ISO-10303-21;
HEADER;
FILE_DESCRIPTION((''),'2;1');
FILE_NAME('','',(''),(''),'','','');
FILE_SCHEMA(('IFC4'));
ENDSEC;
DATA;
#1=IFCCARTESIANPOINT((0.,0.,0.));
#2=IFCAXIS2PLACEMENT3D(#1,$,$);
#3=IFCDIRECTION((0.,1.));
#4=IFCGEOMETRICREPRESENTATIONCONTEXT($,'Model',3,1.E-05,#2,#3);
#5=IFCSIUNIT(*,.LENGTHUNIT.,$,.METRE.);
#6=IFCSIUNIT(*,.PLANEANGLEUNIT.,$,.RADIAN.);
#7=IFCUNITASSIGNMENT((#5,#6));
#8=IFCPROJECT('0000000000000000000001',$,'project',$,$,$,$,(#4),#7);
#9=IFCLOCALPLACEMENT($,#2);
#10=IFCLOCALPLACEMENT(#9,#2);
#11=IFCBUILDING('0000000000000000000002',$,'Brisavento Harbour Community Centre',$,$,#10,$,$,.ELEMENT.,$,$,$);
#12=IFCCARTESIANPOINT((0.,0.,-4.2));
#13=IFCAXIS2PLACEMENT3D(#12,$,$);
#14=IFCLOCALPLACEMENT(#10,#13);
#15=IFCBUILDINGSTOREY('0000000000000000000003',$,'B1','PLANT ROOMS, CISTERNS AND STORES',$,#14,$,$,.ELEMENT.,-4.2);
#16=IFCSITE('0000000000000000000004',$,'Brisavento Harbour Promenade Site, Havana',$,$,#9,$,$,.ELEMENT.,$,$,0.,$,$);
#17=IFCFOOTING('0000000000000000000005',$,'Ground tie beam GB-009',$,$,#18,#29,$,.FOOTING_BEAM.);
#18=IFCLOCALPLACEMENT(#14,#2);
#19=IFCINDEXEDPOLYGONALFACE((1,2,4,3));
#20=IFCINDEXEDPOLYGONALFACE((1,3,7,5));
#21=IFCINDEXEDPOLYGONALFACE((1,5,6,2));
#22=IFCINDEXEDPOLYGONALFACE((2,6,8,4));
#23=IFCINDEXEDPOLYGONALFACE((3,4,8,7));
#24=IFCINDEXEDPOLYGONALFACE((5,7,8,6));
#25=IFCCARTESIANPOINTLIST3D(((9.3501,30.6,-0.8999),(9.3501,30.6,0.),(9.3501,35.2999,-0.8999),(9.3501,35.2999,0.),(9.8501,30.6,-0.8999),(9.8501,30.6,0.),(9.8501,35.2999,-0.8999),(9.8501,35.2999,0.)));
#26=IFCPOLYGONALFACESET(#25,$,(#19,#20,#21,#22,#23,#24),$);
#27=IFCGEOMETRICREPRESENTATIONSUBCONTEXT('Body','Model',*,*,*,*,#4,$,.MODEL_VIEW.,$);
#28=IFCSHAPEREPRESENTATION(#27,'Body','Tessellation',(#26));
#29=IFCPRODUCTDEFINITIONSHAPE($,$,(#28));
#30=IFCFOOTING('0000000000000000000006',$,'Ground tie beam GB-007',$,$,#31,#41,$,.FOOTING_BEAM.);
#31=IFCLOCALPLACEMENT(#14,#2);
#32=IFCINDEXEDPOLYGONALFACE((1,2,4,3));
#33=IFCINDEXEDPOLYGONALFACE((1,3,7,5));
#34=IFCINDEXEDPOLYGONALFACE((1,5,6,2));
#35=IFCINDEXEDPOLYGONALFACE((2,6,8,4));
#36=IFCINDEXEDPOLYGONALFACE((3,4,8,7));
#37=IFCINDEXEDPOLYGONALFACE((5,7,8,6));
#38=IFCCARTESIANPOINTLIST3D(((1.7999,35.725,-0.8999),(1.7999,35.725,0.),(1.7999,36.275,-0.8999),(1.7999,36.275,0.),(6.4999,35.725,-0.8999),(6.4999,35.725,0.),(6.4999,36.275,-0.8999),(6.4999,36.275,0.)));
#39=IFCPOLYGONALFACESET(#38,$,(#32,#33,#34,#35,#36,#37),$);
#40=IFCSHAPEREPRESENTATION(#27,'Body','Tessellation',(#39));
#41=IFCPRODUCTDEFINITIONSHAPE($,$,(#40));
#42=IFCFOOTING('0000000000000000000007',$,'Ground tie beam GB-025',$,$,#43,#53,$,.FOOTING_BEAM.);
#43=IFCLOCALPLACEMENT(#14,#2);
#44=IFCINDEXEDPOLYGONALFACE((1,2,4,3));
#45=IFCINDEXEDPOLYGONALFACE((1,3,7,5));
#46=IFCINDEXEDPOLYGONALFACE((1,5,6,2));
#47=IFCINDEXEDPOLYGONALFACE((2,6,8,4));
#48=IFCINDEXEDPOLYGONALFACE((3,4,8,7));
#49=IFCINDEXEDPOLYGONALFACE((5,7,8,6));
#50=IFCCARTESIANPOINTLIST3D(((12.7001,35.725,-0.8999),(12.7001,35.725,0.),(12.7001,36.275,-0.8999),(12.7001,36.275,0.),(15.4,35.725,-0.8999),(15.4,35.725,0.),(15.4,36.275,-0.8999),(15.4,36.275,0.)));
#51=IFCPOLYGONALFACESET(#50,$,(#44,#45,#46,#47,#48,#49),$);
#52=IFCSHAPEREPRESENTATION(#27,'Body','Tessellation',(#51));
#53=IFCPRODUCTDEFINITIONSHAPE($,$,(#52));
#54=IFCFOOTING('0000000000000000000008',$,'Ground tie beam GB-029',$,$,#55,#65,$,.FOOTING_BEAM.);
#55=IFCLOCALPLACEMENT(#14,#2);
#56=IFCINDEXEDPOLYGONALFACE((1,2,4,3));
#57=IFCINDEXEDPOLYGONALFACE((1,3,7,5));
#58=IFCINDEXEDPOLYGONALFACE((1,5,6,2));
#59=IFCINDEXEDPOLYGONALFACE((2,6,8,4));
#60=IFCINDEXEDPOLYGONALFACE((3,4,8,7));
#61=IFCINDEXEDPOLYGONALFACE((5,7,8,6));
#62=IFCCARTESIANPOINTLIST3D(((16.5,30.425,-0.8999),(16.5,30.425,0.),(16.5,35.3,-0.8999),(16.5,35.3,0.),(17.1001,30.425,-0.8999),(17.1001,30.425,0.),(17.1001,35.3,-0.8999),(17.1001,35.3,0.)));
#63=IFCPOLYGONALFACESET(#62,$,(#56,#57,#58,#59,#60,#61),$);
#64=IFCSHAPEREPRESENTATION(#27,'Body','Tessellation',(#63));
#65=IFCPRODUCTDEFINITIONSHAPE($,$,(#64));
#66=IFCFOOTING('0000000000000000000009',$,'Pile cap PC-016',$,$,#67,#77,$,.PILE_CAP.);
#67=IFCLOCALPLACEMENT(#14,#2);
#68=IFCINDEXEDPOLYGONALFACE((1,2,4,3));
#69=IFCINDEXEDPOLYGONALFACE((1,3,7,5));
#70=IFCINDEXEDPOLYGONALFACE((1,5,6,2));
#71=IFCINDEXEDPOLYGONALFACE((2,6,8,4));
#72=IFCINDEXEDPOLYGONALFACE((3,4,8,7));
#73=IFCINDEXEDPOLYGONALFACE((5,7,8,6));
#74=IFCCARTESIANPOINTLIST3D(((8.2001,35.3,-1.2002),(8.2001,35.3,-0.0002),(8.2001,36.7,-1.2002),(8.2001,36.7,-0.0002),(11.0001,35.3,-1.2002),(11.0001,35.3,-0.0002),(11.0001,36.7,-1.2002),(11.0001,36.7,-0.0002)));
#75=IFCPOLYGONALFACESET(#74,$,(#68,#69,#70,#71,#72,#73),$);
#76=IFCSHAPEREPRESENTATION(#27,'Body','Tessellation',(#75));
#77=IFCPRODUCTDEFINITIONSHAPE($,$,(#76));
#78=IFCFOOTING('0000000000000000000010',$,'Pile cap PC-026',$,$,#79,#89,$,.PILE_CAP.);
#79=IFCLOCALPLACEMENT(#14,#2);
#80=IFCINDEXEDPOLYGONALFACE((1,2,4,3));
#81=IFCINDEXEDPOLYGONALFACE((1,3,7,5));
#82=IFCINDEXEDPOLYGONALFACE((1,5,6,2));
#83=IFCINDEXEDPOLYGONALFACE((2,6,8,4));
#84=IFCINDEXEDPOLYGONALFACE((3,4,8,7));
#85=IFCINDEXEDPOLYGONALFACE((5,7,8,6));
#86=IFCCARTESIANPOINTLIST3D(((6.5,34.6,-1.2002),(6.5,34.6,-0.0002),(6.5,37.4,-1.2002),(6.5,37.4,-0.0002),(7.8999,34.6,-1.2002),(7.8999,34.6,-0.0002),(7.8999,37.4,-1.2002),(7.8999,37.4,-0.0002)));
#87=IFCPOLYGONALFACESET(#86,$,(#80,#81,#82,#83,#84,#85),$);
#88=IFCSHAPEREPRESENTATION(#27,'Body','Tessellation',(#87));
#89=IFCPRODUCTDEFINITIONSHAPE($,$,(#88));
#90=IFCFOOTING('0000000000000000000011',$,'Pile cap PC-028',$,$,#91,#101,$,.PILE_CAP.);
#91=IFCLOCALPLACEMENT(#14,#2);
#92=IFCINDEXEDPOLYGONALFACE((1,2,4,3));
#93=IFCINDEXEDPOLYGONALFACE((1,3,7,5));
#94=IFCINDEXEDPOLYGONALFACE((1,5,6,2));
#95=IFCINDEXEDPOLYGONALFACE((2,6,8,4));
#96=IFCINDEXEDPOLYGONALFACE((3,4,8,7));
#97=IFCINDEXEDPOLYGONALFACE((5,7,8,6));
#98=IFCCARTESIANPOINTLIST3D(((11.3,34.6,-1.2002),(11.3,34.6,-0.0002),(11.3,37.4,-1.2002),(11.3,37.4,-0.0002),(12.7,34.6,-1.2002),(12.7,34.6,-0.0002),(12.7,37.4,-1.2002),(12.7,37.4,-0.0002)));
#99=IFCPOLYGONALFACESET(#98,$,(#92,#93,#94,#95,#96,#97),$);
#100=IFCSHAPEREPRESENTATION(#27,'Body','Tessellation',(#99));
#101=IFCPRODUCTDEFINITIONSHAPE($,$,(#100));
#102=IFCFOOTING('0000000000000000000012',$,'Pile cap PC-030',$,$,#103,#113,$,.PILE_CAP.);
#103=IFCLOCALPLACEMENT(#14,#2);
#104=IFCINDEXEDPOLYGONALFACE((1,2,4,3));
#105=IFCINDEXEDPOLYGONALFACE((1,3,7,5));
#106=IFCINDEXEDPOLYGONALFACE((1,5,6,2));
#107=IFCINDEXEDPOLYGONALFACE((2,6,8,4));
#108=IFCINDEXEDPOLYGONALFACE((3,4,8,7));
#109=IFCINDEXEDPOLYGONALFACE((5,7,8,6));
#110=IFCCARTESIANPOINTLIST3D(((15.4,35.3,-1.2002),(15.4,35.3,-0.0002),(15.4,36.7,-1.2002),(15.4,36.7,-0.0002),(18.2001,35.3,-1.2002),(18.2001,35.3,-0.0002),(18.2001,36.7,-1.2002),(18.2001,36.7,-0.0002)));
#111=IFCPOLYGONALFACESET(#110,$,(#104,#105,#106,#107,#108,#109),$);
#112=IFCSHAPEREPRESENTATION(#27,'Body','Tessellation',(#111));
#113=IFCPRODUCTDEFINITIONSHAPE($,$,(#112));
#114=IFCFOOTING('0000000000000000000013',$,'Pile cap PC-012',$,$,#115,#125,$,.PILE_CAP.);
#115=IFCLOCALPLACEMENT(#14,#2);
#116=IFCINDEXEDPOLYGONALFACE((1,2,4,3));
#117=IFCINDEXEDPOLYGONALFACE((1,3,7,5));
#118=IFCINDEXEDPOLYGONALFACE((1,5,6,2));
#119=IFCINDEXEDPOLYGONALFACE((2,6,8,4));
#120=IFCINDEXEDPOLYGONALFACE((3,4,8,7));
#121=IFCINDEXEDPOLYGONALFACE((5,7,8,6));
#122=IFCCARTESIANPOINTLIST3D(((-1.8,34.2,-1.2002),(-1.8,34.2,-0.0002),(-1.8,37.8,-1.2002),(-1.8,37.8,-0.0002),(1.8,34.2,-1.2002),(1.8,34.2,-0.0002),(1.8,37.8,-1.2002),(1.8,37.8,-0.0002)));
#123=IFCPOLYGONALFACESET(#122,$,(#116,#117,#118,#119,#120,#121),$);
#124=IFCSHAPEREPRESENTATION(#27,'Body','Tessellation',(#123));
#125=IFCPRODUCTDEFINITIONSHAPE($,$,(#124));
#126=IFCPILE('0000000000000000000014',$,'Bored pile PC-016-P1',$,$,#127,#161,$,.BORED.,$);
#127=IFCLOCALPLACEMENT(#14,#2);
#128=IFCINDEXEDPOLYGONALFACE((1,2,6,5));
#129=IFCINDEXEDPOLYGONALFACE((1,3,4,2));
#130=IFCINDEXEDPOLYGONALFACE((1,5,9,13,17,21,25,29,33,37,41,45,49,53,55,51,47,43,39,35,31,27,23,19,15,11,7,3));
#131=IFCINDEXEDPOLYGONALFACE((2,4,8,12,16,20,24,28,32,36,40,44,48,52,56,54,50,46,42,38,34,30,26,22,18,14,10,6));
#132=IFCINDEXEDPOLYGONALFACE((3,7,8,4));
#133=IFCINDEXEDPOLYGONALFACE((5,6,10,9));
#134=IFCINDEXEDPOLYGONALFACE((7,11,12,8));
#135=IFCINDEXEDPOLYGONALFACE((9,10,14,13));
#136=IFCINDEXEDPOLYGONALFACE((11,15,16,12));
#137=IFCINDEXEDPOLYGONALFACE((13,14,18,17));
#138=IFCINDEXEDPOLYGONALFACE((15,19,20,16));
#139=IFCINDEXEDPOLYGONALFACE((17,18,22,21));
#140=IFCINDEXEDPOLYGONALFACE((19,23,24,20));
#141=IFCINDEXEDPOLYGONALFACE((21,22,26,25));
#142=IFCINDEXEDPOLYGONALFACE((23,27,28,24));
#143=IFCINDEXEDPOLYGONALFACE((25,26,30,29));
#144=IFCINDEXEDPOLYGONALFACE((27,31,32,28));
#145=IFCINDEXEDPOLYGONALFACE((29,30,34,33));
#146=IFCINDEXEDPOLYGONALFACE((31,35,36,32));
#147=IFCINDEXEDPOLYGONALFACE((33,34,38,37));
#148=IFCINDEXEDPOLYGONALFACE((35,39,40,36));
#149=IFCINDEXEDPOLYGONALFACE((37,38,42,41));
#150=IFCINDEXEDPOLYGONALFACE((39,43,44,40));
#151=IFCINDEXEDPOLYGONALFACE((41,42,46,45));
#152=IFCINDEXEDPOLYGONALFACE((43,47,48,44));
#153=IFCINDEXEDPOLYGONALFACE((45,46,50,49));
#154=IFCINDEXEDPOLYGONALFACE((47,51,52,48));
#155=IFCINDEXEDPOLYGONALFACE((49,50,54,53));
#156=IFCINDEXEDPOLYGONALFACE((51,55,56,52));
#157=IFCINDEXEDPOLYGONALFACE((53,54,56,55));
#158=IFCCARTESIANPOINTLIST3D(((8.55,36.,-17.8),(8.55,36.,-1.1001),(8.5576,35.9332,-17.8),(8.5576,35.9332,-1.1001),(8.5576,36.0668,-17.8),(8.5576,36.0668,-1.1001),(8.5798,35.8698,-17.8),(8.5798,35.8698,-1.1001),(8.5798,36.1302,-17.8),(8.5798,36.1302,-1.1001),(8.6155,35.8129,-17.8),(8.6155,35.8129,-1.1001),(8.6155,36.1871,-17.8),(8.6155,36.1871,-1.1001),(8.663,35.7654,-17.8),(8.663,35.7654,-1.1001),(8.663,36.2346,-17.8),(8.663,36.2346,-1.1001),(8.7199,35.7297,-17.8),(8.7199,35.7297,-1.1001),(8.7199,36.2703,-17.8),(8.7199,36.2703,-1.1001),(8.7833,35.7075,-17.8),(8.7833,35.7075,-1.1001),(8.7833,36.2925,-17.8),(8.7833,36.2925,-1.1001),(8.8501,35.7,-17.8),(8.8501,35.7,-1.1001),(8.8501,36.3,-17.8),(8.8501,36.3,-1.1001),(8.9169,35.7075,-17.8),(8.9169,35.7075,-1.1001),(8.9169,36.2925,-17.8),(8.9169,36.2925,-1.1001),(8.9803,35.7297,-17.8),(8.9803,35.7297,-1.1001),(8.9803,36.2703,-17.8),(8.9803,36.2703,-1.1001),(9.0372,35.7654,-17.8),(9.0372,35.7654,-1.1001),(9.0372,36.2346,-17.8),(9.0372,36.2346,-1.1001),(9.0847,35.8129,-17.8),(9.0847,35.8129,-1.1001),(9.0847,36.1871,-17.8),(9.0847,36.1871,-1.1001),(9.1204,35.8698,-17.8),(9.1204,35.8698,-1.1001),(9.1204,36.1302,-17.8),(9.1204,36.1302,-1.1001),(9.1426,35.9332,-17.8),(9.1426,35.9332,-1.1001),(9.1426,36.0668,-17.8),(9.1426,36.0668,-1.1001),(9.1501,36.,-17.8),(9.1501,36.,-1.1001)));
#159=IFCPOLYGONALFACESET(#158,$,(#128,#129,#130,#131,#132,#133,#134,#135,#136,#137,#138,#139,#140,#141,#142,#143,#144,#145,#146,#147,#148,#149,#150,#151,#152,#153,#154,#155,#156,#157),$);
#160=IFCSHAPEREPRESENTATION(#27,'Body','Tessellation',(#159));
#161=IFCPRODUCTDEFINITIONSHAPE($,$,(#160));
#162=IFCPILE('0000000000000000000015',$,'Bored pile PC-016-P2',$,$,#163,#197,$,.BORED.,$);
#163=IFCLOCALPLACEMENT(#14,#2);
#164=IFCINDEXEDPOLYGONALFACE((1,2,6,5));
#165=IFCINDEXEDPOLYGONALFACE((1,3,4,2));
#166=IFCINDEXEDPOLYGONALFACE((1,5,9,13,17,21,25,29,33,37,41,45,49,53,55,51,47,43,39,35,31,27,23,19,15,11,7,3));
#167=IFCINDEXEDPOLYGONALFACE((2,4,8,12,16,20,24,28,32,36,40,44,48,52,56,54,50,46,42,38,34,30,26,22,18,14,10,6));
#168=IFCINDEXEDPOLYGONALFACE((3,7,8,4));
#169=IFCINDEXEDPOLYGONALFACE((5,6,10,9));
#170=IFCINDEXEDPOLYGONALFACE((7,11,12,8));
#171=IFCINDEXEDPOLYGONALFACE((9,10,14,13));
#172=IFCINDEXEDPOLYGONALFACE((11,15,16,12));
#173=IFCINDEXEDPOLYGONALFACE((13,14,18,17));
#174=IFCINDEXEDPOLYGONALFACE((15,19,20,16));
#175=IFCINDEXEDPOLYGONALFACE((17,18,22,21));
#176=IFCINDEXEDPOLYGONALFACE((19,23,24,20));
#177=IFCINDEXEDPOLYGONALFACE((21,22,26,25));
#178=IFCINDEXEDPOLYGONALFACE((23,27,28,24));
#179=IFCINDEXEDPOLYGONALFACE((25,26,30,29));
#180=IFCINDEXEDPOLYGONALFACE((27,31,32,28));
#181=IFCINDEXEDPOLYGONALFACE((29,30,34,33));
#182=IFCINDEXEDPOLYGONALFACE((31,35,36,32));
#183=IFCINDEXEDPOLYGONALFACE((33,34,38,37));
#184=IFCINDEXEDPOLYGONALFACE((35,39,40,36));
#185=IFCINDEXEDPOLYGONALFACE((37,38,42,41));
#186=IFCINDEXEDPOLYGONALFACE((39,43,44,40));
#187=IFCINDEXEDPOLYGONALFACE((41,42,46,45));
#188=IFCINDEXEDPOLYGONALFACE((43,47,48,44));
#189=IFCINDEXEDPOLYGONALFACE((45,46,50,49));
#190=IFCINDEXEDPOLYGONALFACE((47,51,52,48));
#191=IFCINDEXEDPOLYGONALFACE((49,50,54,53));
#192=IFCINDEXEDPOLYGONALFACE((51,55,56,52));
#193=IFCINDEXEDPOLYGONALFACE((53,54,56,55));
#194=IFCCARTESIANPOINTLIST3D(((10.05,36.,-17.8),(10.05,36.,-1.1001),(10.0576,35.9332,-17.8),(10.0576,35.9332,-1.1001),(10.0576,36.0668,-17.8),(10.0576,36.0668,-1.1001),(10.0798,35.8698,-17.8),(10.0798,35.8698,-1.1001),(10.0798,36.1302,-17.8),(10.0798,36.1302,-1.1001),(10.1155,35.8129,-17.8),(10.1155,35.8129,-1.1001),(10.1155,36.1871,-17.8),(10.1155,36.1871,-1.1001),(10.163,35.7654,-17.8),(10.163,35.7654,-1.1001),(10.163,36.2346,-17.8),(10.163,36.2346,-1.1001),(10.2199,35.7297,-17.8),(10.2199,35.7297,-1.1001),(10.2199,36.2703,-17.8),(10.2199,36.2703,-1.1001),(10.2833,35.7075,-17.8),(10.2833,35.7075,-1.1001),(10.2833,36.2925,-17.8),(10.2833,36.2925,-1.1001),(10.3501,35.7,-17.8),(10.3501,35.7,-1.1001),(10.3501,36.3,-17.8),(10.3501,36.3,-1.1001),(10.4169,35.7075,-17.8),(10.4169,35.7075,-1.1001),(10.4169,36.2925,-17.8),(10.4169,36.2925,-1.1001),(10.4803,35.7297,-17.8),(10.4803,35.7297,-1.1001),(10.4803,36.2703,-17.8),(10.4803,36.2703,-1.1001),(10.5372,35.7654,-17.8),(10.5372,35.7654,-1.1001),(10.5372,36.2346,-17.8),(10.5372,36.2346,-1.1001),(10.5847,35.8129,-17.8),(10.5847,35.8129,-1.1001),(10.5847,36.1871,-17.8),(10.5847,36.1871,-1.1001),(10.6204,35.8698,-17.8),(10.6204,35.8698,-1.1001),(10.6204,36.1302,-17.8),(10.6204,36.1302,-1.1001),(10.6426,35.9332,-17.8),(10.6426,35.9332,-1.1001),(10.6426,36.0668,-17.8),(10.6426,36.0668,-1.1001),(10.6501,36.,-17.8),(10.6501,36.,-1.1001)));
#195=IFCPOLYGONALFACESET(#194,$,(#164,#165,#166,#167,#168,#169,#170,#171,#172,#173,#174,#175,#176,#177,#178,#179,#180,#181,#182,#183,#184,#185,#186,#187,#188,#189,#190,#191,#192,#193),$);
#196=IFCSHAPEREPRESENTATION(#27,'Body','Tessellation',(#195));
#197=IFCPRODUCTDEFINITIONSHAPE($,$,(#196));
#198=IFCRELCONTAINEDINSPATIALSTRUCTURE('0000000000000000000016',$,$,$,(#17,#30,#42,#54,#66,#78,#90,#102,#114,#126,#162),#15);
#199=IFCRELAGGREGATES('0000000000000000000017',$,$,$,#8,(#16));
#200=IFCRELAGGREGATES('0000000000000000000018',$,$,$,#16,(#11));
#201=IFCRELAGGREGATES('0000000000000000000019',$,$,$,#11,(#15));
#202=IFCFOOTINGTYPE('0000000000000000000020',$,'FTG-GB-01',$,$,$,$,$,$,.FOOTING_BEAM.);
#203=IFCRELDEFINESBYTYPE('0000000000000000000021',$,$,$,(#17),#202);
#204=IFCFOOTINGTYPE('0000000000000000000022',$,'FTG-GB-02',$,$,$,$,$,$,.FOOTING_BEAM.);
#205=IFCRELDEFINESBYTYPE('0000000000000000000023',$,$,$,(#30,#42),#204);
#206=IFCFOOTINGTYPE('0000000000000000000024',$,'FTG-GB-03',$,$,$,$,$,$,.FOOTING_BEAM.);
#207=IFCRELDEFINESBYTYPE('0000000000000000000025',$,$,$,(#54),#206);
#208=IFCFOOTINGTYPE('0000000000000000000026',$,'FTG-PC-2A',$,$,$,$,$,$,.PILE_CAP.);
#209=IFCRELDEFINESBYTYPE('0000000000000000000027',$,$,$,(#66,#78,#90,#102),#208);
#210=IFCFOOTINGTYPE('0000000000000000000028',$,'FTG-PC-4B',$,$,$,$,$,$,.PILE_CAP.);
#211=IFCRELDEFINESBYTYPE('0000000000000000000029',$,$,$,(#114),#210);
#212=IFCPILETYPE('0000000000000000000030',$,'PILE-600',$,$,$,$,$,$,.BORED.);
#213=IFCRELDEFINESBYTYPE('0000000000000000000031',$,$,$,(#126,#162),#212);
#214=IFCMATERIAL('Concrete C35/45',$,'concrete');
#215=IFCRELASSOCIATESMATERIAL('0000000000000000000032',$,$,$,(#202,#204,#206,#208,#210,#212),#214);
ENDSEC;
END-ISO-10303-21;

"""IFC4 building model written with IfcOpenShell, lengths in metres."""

from ifc_helpers import new_model, si_unit, direction, frame, origin, origin_2d, place, context, subcontext, project, spatial, rectangle, circle, extrude, material, material_profile, profile_set, type_object, element, save


model = new_model("IFC4")

# Units and contexts
model_context = context("Model", 3, precision=1e-05, world=origin(), true_north=direction((0.0, 1.0)))
body_context = subcontext(model_context, "Body", "Model", "MODEL_VIEW")
ifc_project = project(units=[si_unit("LENGTHUNIT", "METRE"), si_unit("PLANEANGLEUNIT", "RADIAN")], contexts=[model_context])

# Site, building, storey
site_placement = place(None, origin())
site = spatial("IfcSite", under=ifc_project, at=site_placement, Name="Brisavento Harbour Promenade Site, Havana", CompositionType="ELEMENT", RefElevation=0.0)
building_placement = place(site_placement, origin())
building = spatial("IfcBuilding", under=site, at=building_placement, Name="Brisavento Harbour Community Centre", CompositionType="ELEMENT")
storey_placement = place(building_placement, frame((0.0, 0.0, -4.2)))
storey = spatial("IfcBuildingStorey", under=building, at=storey_placement, Name="B1", Description="PLANT ROOMS, CISTERNS AND STORES", CompositionType="ELEMENT", Elevation=-4.2)

# Footings
ifc_material_1 = material(Name="Concrete C35/45", Category="concrete")
footing_type_1 = type_object("IfcFootingType", Name="FTG-GB-01", PredefinedType="FOOTING_BEAM", material=ifc_material_1)
footing_1_placement = place(storey_placement, frame((9.6001, 32.95, -0.8999), z_axis=(0.0, 0.0, 1.0), x_axis=(1.0, 0.0, 0.0)))
element("IfcFooting", 1, at=footing_1_placement, inside=storey, type_object=footing_type_1, Name="Ground tie beam GB-009", PredefinedType="FOOTING_BEAM", context=body_context, shape_type="SweptSolid", body=[
    extrude(rectangle(XDim=0.5, YDim=4.7, at=origin_2d()), origin(), (0.0, 0.0, 1.0), 0.8999),
])
footing_type_2 = type_object("IfcFootingType", Name="FTG-GB-02", PredefinedType="FOOTING_BEAM", material=ifc_material_1)
footing_2_placement = place(storey_placement, frame((4.1499, 36.0, -0.8999), z_axis=(0.0, 0.0, 1.0), x_axis=(1.0, 0.0, 0.0)))
element("IfcFooting", 2, at=footing_2_placement, inside=storey, type_object=footing_type_2, Name="Ground tie beam GB-007", PredefinedType="FOOTING_BEAM", context=body_context, shape_type="SweptSolid", body=[
    extrude(rectangle(XDim=4.7, YDim=0.55, at=origin_2d()), origin(), (0.0, 0.0, 1.0), 0.8999),
])
footing_3_placement = place(storey_placement, frame((14.05, 36.0, -0.8999), z_axis=(0.0, 0.0, 1.0), x_axis=(1.0, 0.0, 0.0)))
element("IfcFooting", 3, at=footing_3_placement, inside=storey, type_object=footing_type_2, Name="Ground tie beam GB-025", PredefinedType="FOOTING_BEAM", context=body_context, shape_type="SweptSolid", body=[
    extrude(rectangle(XDim=2.7, YDim=0.55, at=origin_2d()), origin(), (0.0, 0.0, 1.0), 0.8999),
])
footing_type_3 = type_object("IfcFootingType", Name="FTG-GB-03", PredefinedType="FOOTING_BEAM", material=ifc_material_1)
footing_4_placement = place(storey_placement, frame((16.8, 32.8625, -0.8999), z_axis=(0.0, 0.0, 1.0), x_axis=(1.0, 0.0, 0.0)))
element("IfcFooting", 4, at=footing_4_placement, inside=storey, type_object=footing_type_3, Name="Ground tie beam GB-029", PredefinedType="FOOTING_BEAM", context=body_context, shape_type="SweptSolid", body=[
    extrude(rectangle(XDim=0.6001, YDim=4.875, at=origin_2d()), origin(), (0.0, 0.0, 1.0), 0.8999),
])
footing_type_4 = type_object("IfcFootingType", Name="FTG-PC-2A", PredefinedType="PILE_CAP", material=ifc_material_1)
footing_5_placement = place(storey_placement, frame((9.6001, 36.0, -1.2002), z_axis=(0.0, 0.0, 1.0), x_axis=(1.0, 0.0, 0.0)))
element("IfcFooting", 5, at=footing_5_placement, inside=storey, type_object=footing_type_4, Name="Pile cap PC-016", PredefinedType="PILE_CAP", context=body_context, shape_type="SweptSolid", body=[
    extrude(rectangle(XDim=2.8, YDim=1.3999, at=origin_2d()), origin(), (0.0, 0.0, 1.0), 1.2),
])
for number, where, z_axis, x_axis, name in (
    (6, (7.2, 36.0, -1.2002), (0.0, 0.0, 1.0), (1.0, 0.0, 0.0), "Pile cap PC-026"),
    (7, (12.0, 36.0, -1.2002), (0.0, 0.0, 1.0), (1.0, 0.0, 0.0), "Pile cap PC-028"),
):
    element("IfcFooting", number, at=place(storey_placement, frame(where, z_axis=z_axis, x_axis=x_axis)), inside=storey, type_object=footing_type_4, Name=name, PredefinedType="PILE_CAP", context=body_context, shape_type="SweptSolid", body=[
        extrude(rectangle(XDim=1.3999, YDim=2.8, at=origin_2d()), origin(), (0.0, 0.0, 1.0), 1.2),
    ])
footing_6_placement = place(storey_placement, frame((16.8, 36.0, -1.2002), z_axis=(0.0, 0.0, 1.0), x_axis=(1.0, 0.0, 0.0)))
element("IfcFooting", 8, at=footing_6_placement, inside=storey, type_object=footing_type_4, Name="Pile cap PC-030", PredefinedType="PILE_CAP", context=body_context, shape_type="SweptSolid", body=[
    extrude(rectangle(XDim=2.8, YDim=1.3999, at=origin_2d()), origin(), (0.0, 0.0, 1.0), 1.2),
])
footing_type_5 = type_object("IfcFootingType", Name="FTG-PC-4B", PredefinedType="PILE_CAP", material=ifc_material_1)
footing_7_placement = place(storey_placement, frame((0.0, 36.0, -1.2002), z_axis=(0.0, 0.0, 1.0), x_axis=(1.0, 0.0, 0.0)))
element("IfcFooting", 9, at=footing_7_placement, inside=storey, type_object=footing_type_5, Name="Pile cap PC-012", PredefinedType="PILE_CAP", context=body_context, shape_type="SweptSolid", body=[
    extrude(rectangle(XDim=3.6001, YDim=3.6001, at=origin_2d()), origin(), (0.0, 0.0, 1.0), 1.2),
])

# Piles
ifc_material_profile_1 = material_profile(ifc_material_1, circle(Radius=0.3, at=origin_2d()), Name="Concrete C35/45")
ifc_profile_set_1 = profile_set([ifc_material_profile_1], Name="Concrete C35/45")
pile_type_1 = type_object("IfcPileType", Name="PILE-600", PredefinedType="BORED", material=ifc_profile_set_1)
for number, where, z_axis, x_axis, name in (
    (10, (8.8501, 36.0, -1.1001), (0.0, 0.0, -1.0), (1.0, 0.0, 0.0), "Bored pile PC-016-P1"),
    (11, (10.3501, 36.0, -1.1001), (0.0, 0.0, -1.0), (1.0, 0.0, 0.0), "Bored pile PC-016-P2"),
):
    element("IfcPile", number, at=place(storey_placement, frame(where, z_axis=z_axis, x_axis=x_axis)), inside=storey, type_object=pile_type_1, Name=name, PredefinedType="BORED", context=body_context, shape_type="SweptSolid", body=[
        extrude(circle(Radius=0.3, at=origin_2d()), origin(), (0.0, 0.0, 1.0), 16.7),
    ])

save(model, "model.ifc")
